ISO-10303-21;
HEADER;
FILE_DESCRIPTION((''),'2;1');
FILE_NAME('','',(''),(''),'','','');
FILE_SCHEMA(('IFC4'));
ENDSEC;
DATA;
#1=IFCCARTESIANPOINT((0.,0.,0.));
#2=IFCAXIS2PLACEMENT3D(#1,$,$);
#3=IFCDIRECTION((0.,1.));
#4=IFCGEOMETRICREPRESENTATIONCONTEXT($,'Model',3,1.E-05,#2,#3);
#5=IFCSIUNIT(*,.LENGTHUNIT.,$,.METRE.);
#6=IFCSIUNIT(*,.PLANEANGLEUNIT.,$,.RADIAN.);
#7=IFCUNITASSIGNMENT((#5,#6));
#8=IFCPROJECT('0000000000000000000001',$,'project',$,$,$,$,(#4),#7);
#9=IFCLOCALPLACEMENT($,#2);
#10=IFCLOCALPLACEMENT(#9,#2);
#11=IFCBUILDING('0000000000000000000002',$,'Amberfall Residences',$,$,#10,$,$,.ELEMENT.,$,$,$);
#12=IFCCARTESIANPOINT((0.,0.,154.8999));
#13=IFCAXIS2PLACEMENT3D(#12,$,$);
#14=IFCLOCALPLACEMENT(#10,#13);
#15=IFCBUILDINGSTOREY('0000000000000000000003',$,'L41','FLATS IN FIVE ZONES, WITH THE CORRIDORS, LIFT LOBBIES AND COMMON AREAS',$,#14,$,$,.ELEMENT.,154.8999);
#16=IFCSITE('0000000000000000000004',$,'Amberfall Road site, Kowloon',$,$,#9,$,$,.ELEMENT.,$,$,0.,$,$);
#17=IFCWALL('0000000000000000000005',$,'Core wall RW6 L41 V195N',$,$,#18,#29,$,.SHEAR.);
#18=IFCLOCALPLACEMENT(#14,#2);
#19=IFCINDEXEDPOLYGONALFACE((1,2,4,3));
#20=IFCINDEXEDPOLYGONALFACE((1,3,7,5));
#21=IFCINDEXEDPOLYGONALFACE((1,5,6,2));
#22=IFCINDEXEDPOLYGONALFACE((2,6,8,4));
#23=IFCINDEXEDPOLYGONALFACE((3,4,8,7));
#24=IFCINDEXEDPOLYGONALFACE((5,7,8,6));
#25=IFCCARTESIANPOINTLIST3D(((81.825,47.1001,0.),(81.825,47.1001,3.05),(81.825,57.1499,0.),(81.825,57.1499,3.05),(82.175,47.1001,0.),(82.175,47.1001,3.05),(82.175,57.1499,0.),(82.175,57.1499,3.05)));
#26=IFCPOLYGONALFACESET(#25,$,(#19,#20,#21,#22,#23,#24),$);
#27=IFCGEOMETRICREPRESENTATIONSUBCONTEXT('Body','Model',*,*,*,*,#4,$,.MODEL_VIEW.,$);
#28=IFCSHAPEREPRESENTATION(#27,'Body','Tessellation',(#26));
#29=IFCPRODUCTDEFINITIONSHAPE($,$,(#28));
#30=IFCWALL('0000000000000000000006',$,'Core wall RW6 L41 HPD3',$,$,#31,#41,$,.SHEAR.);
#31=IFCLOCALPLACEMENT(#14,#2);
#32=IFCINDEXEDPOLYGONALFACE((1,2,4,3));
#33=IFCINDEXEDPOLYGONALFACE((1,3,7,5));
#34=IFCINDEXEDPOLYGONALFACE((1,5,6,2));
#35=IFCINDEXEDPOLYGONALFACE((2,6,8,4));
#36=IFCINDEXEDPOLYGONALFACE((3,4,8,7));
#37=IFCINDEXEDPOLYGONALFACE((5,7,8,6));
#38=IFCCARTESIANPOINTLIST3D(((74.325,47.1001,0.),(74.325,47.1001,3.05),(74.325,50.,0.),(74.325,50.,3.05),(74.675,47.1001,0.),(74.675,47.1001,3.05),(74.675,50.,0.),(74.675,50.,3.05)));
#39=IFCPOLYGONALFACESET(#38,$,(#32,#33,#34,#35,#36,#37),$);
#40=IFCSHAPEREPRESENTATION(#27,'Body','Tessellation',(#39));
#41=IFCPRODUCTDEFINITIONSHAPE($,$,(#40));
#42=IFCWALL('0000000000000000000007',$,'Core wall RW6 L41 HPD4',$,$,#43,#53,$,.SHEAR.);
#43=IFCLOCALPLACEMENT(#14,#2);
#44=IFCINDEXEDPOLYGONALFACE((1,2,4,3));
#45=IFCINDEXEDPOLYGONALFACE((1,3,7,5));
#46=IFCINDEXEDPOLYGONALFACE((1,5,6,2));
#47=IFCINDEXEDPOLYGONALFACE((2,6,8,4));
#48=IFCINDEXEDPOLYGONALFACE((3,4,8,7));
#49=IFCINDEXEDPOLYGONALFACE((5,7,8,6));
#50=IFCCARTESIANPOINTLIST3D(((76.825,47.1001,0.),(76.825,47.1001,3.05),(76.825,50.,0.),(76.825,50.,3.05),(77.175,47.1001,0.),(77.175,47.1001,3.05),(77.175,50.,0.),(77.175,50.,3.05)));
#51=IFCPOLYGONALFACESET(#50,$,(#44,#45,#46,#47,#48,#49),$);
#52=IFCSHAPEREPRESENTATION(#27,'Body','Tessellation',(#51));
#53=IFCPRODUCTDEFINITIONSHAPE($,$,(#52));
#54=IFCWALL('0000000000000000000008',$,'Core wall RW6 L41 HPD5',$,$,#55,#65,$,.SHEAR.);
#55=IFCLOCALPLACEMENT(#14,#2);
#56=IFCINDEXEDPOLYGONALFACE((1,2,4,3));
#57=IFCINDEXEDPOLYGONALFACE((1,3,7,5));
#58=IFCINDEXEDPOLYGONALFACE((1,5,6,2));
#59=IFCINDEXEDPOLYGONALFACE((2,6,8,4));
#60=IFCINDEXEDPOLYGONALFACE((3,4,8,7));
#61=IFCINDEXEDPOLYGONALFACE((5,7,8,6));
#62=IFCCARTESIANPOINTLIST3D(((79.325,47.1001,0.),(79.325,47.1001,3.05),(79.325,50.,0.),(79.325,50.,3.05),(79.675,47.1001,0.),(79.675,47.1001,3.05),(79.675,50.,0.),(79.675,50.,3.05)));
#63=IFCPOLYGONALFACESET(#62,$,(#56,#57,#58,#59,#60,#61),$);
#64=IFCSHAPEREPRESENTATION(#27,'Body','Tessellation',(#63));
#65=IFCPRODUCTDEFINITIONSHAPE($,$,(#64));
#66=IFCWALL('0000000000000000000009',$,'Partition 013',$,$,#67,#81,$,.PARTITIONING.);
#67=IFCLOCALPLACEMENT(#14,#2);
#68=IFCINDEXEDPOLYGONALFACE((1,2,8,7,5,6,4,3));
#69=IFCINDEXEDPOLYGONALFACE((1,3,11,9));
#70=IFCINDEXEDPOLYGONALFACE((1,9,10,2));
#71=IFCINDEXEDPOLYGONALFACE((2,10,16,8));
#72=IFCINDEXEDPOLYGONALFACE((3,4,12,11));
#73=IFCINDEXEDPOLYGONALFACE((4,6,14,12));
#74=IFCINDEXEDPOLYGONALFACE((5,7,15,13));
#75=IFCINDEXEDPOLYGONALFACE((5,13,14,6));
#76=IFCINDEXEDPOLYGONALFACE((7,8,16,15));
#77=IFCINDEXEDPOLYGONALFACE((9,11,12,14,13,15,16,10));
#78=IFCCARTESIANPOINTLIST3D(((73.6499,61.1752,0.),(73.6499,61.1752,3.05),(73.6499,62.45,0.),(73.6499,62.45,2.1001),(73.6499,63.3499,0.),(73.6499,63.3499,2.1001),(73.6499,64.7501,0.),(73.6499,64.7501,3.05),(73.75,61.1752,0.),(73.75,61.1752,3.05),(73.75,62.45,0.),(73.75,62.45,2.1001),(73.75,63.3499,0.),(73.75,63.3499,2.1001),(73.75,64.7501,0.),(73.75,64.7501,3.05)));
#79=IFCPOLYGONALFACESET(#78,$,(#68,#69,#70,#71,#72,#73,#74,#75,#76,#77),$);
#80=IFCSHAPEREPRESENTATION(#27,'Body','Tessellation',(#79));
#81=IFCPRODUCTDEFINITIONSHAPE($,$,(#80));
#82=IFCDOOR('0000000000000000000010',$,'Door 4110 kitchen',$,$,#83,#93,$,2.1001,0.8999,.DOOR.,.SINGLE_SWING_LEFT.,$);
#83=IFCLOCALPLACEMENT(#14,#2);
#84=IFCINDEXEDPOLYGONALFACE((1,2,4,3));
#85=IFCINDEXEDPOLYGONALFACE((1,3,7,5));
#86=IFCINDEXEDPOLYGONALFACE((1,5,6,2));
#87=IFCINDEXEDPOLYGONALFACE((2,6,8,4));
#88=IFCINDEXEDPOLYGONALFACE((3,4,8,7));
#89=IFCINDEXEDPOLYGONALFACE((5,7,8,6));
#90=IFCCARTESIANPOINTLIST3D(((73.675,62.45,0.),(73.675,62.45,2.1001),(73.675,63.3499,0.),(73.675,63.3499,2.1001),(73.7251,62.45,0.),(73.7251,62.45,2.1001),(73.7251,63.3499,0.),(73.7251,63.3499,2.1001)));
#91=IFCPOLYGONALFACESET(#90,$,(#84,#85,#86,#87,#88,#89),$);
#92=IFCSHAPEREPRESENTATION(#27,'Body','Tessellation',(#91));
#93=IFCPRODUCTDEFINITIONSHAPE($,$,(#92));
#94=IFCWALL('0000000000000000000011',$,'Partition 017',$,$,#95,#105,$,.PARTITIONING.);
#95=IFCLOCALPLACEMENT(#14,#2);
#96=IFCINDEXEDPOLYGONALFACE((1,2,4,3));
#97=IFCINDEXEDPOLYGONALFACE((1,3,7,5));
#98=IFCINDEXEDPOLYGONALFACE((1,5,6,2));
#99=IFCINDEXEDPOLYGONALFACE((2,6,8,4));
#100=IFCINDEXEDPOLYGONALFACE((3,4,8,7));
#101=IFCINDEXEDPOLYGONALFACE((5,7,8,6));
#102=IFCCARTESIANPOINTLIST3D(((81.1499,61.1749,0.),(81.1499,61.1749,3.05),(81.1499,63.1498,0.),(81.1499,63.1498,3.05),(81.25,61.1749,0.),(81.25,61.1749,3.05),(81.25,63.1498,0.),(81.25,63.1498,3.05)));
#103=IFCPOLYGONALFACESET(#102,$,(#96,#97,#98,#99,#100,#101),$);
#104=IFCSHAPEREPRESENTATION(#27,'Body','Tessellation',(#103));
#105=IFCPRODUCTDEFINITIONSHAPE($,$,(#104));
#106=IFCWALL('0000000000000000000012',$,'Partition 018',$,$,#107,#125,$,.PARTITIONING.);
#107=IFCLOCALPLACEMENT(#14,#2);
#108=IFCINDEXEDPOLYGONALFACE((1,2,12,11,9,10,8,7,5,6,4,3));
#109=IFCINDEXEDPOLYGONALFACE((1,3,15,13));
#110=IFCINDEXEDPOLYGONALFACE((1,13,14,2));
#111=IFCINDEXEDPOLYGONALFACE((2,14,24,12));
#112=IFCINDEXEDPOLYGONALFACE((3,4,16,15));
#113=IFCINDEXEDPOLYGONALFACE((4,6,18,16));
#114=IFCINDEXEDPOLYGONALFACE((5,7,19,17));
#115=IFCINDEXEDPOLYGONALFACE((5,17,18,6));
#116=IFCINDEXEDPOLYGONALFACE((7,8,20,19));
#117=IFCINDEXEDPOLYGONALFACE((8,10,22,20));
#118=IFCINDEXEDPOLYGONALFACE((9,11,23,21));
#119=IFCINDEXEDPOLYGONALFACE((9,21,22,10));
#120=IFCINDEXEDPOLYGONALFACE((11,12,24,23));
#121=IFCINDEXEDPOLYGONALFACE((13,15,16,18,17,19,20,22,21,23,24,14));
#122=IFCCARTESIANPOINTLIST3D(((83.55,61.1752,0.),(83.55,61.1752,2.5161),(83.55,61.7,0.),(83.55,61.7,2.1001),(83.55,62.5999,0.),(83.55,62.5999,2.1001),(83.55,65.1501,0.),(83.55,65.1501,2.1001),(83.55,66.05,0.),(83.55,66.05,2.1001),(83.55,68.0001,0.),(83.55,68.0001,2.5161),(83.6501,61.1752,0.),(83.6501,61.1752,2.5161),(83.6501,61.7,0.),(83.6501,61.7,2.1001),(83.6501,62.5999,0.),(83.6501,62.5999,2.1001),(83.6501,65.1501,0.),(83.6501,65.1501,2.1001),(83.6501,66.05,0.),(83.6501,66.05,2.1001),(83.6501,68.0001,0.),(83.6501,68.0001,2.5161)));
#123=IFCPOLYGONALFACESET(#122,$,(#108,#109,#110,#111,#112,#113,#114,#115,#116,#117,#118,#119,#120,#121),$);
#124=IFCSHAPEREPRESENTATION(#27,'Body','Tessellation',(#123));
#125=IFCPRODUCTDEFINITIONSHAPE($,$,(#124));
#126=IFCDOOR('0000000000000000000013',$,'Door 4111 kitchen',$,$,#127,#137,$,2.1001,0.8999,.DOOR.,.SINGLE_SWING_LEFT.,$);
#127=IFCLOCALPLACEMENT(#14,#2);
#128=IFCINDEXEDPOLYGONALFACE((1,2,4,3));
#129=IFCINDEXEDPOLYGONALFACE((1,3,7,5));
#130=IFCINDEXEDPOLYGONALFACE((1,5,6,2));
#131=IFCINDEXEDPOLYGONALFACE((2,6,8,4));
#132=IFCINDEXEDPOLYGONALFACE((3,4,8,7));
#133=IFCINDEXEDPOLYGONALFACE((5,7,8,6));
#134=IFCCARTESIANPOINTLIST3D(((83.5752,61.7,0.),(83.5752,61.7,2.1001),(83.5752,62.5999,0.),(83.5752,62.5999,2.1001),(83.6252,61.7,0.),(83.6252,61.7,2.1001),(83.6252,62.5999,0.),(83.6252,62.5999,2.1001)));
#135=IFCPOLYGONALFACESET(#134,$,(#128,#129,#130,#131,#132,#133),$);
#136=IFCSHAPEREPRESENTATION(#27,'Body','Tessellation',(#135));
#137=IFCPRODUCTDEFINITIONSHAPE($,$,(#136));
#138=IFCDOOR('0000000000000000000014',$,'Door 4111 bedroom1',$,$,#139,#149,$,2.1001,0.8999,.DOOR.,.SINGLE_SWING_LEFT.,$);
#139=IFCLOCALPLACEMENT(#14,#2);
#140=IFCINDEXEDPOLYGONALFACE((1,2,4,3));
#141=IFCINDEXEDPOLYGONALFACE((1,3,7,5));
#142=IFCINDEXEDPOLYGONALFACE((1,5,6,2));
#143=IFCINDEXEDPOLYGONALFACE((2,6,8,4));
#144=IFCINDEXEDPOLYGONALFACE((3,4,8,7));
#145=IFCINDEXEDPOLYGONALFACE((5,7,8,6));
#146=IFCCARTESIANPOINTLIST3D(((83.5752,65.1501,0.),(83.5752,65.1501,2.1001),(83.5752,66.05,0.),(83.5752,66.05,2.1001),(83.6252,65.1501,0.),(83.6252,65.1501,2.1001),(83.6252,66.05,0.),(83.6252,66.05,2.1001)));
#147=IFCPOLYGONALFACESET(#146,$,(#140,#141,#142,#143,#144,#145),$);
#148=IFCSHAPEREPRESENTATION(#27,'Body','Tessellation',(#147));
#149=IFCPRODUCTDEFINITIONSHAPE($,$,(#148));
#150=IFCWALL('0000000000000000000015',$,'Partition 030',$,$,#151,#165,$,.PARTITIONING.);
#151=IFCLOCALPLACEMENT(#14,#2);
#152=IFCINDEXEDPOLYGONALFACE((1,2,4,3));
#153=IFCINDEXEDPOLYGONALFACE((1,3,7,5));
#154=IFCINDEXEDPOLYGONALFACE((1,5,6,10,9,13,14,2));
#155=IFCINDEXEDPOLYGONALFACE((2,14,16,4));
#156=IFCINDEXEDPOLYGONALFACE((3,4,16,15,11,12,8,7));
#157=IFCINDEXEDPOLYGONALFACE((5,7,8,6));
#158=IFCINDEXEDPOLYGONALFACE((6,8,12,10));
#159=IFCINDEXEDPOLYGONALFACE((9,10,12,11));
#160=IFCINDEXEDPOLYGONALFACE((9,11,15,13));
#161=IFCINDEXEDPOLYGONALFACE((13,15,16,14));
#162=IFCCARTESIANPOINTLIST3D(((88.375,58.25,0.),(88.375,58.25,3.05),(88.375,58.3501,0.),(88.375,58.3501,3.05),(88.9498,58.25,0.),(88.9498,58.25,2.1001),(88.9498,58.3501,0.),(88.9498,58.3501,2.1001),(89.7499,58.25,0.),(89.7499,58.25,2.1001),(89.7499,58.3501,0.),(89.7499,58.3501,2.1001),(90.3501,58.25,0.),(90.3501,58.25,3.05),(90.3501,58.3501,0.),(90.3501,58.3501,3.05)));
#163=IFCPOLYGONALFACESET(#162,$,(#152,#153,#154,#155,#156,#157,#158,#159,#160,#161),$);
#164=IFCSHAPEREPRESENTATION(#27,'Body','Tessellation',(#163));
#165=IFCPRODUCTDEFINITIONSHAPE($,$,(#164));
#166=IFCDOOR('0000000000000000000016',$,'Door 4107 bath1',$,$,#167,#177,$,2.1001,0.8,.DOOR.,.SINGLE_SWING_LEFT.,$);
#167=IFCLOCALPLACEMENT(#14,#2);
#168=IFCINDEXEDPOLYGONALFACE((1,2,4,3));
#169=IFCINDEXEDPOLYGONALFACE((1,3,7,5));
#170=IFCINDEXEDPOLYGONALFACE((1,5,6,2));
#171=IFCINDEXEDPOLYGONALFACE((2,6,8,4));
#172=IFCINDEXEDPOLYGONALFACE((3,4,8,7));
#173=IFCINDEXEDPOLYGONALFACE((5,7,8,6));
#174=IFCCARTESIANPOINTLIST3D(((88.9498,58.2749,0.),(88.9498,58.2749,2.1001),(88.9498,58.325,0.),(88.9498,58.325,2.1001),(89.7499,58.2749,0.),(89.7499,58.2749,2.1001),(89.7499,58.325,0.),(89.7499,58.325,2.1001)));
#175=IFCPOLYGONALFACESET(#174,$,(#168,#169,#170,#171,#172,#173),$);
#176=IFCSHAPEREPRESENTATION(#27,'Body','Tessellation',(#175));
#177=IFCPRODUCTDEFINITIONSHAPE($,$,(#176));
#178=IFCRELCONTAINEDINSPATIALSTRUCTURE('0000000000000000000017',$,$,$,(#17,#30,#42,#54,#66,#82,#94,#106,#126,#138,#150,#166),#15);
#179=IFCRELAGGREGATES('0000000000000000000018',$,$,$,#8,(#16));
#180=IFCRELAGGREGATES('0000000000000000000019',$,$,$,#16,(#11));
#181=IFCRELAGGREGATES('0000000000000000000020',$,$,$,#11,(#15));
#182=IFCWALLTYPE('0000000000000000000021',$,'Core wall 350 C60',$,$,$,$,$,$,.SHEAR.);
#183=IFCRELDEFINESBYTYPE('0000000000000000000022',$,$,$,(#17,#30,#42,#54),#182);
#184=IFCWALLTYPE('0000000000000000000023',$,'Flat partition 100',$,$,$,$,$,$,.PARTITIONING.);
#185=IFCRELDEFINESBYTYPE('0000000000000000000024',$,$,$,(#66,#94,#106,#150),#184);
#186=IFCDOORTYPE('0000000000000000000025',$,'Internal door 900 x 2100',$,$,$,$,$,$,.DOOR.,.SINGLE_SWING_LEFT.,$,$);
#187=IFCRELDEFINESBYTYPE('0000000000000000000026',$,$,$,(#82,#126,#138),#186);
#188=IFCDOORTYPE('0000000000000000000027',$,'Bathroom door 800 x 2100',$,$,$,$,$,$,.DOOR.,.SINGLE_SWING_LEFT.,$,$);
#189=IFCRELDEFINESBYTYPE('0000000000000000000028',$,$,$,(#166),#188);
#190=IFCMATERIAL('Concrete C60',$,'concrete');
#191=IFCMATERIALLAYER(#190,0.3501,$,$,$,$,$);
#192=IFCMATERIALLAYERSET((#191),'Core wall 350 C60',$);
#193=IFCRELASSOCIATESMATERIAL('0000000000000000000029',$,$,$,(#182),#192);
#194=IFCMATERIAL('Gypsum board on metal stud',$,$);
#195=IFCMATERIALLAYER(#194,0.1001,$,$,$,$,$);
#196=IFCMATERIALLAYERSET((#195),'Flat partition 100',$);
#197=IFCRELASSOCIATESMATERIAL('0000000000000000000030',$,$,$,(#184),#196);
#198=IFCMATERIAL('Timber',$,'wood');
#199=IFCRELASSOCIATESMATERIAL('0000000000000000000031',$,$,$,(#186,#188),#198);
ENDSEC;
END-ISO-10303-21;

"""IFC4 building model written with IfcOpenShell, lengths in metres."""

from ifc_helpers import new_model, si_unit, direction, frame, frame_2d, origin, place, context, subcontext, project, spatial, rectangle, extrude, material, layer, layer_set, type_object, element, fill, save


model = new_model("IFC4")

# Units and contexts
model_context = context("Model", 3, precision=1e-05, world=origin(), true_north=direction((0.0, 1.0)))
body_context = subcontext(model_context, "Body", "Model", "MODEL_VIEW")
ifc_project = project(units=[si_unit("LENGTHUNIT", "METRE"), si_unit("PLANEANGLEUNIT", "RADIAN")], contexts=[model_context])

# Site, building, storey
site_placement = place(None, origin())
site = spatial("IfcSite", under=ifc_project, at=site_placement, Name="Amberfall Road site, Kowloon", CompositionType="ELEMENT", RefElevation=0.0)
building_placement = place(site_placement, origin())
building = spatial("IfcBuilding", under=site, at=building_placement, Name="Amberfall Residences", CompositionType="ELEMENT")
storey_placement = place(building_placement, frame((0.0, 0.0, 154.8999)))
storey = spatial("IfcBuildingStorey", under=building, at=storey_placement, Name="L41", Description="FLATS IN FIVE ZONES, WITH THE CORRIDORS, LIFT LOBBIES AND COMMON AREAS", CompositionType="ELEMENT", Elevation=154.8999)

# Walls
ifc_material_1 = material(Name="Concrete C60", Category="concrete")
ifc_layer_1 = layer(ifc_material_1, 0.3501)
ifc_layer_set_1 = layer_set([ifc_layer_1], Name="Core wall 350 C60")
wall_type_1 = type_object("IfcWallType", Name="Core wall 350 C60", PredefinedType="SHEAR", material=ifc_layer_set_1)
wall_1_placement = place(storey_placement, frame((82.0, 47.1001, 0.0), z_axis=(0.0, 0.0, 1.0), x_axis=(0.0, 1.0, 0.0)))
element("IfcWall", 1, at=wall_1_placement, inside=storey, type_object=wall_type_1, Name="Core wall RW6 L41 V195N", PredefinedType="SHEAR", context=body_context, shape_type="SweptSolid", body=[
    extrude(rectangle(XDim=10.0498, YDim=0.3501, at=frame_2d((5.0249, 0.0))), origin(), (0.0, 0.0, 1.0), 3.05),
])
for number, where, z_axis, x_axis, name in (
    (2, (74.5, 47.1001, 0.0), (0.0, 0.0, 1.0), (0.0, 1.0, 0.0), "Core wall RW6 L41 HPD3"),
    (3, (77.0, 47.1001, 0.0), (0.0, 0.0, 1.0), (0.0, 1.0, 0.0), "Core wall RW6 L41 HPD4"),
    (4, (79.5, 47.1001, 0.0), (0.0, 0.0, 1.0), (0.0, 1.0, 0.0), "Core wall RW6 L41 HPD5"),
):
    element("IfcWall", number, at=place(storey_placement, frame(where, z_axis=z_axis, x_axis=x_axis)), inside=storey, type_object=wall_type_1, Name=name, PredefinedType="SHEAR", context=body_context, shape_type="SweptSolid", body=[
        extrude(rectangle(XDim=2.8999, YDim=0.3501, at=frame_2d((1.45, 0.0))), origin(), (0.0, 0.0, 1.0), 3.05),
    ])

# Wall, opening, door
ifc_material_2 = material(Name="Gypsum board on metal stud")
ifc_layer_2 = layer(ifc_material_2, 0.1001)
ifc_layer_set_2 = layer_set([ifc_layer_2], Name="Flat partition 100")
wall_type_2 = type_object("IfcWallType", Name="Flat partition 100", PredefinedType="PARTITIONING", material=ifc_layer_set_2)
wall_2_placement = place(storey_placement, frame((73.7, 61.175, 0.0), z_axis=(0.0, 0.0, 1.0), x_axis=(0.0, 1.0, 0.0)))
wall_2 = element("IfcWall", 5, at=wall_2_placement, inside=storey, type_object=wall_type_2, Name="Partition 013", PredefinedType="PARTITIONING", context=body_context, shape_type="SweptSolid", body=[
    extrude(rectangle(XDim=3.575, YDim=0.1001, at=frame_2d((1.7876, 0.0))), origin(), (0.0, 0.0, 1.0), 3.05),
])
opening_1_placement = place(wall_2_placement, frame((1.2749, 0.0, 0.0)))
opening_1 = element("IfcOpeningElement", 6, at=opening_1_placement, cuts=wall_2, PredefinedType="OPENING", context=body_context, shape_type="SweptSolid", body=[
    extrude(rectangle(XDim=0.8999, YDim=2.1001, at=frame_2d((0.45, 1.05))), frame((0.0, 0.0601, 0.0), z_axis=(0.0, -1.0, 0.0), x_axis=(1.0, 0.0, 0.0)), (0.0, 0.0, 1.0), 0.1201),
])
ifc_material_3 = material(Name="Timber", Category="wood")
door_type_1 = type_object("IfcDoorType", Name="Internal door 900 x 2100", OperationType="SINGLE_SWING_LEFT", PredefinedType="DOOR", material=ifc_material_3)
door_1_placement = place(opening_1_placement, origin())
door_1 = element("IfcDoor", 7, at=door_1_placement, inside=storey, type_object=door_type_1, Name="Door 4110 kitchen", OperationType="SINGLE_SWING_LEFT", OverallHeight=2.1001, OverallWidth=0.8999, PredefinedType="DOOR", context=body_context, shape_type="SweptSolid", body=[
    extrude(rectangle(XDim=0.8999, YDim=2.1001, at=frame_2d((0.45, 1.05))), frame((0.0, 0.0249, 0.0), z_axis=(0.0, -1.0, 0.0), x_axis=(1.0, 0.0, 0.0)), (0.0, 0.0, 1.0), 0.05),
])
fill(opening_1, door_1)

# Wall
wall_3_placement = place(storey_placement, frame((81.2, 61.175, 0.0), z_axis=(0.0, 0.0, 1.0), x_axis=(0.0, 1.0, 0.0)))
element("IfcWall", 8, at=wall_3_placement, inside=storey, type_object=wall_type_2, Name="Partition 017", PredefinedType="PARTITIONING", context=body_context, shape_type="SweptSolid", body=[
    extrude(rectangle(XDim=1.9749, YDim=0.1001, at=frame_2d((0.9873, 0.0))), origin(), (0.0, 0.0, 1.0), 3.05),
])

# Wall, openings, doors
wall_4_placement = place(storey_placement, frame((83.6001, 61.175, 0.0), z_axis=(0.0, 0.0, 1.0), x_axis=(0.0, 1.0, 0.0)))
wall_4 = element("IfcWall", 9, at=wall_4_placement, inside=storey, type_object=wall_type_2, Name="Partition 018", PredefinedType="PARTITIONING", context=body_context, shape_type="SweptSolid", body=[
    extrude(rectangle(XDim=6.825, YDim=0.1001, at=frame_2d((3.4126, 0.0))), origin(), (0.0, 0.0, 1.0), 2.5161),
])
opening_2_placement = place(wall_4_placement, frame((0.5249, 0.0, 0.0)))
opening_2 = element("IfcOpeningElement", 10, at=opening_2_placement, cuts=wall_4, PredefinedType="OPENING", context=body_context, shape_type="SweptSolid", body=[
    extrude(rectangle(XDim=0.8999, YDim=2.1001, at=frame_2d((0.45, 1.05))), frame((0.0, 0.0601, 0.0), z_axis=(0.0, -1.0, 0.0), x_axis=(1.0, 0.0, 0.0)), (0.0, 0.0, 1.0), 0.1201),
])
opening_3_placement = place(wall_4_placement, frame((3.9751, 0.0, 0.0)))
opening_3 = element("IfcOpeningElement", 11, at=opening_3_placement, cuts=wall_4, PredefinedType="OPENING", context=body_context, shape_type="SweptSolid", body=[
    extrude(rectangle(XDim=0.8999, YDim=2.1001, at=frame_2d((0.45, 1.05))), frame((0.0, 0.0601, 0.0), z_axis=(0.0, -1.0, 0.0), x_axis=(1.0, 0.0, 0.0)), (0.0, 0.0, 1.0), 0.1201),
])
door_2_placement = place(opening_2_placement, origin())
door_2 = element("IfcDoor", 12, at=door_2_placement, inside=storey, type_object=door_type_1, Name="Door 4111 kitchen", OperationType="SINGLE_SWING_LEFT", OverallHeight=2.1001, OverallWidth=0.8999, PredefinedType="DOOR", context=body_context, shape_type="SweptSolid", body=[
    extrude(rectangle(XDim=0.8999, YDim=2.1001, at=frame_2d((0.45, 1.05))), frame((0.0, 0.0249, 0.0), z_axis=(0.0, -1.0, 0.0), x_axis=(1.0, 0.0, 0.0)), (0.0, 0.0, 1.0), 0.05),
])
fill(opening_2, door_2)
door_3_placement = place(opening_3_placement, origin())
door_3 = element("IfcDoor", 13, at=door_3_placement, inside=storey, type_object=door_type_1, Name="Door 4111 bedroom1", OperationType="SINGLE_SWING_LEFT", OverallHeight=2.1001, OverallWidth=0.8999, PredefinedType="DOOR", context=body_context, shape_type="SweptSolid", body=[
    extrude(rectangle(XDim=0.8999, YDim=2.1001, at=frame_2d((0.45, 1.05))), frame((0.0, 0.0249, 0.0), z_axis=(0.0, -1.0, 0.0), x_axis=(1.0, 0.0, 0.0)), (0.0, 0.0, 1.0), 0.05),
])
fill(opening_3, door_3)

# Wall, opening, door
wall_5_placement = place(storey_placement, frame((88.375, 58.3, 0.0), z_axis=(0.0, 0.0, 1.0), x_axis=(1.0, 0.0, 0.0)))
wall_5 = element("IfcWall", 14, at=wall_5_placement, inside=storey, type_object=wall_type_2, Name="Partition 030", PredefinedType="PARTITIONING", context=body_context, shape_type="SweptSolid", body=[
    extrude(rectangle(XDim=1.9751, YDim=0.1001, at=frame_2d((0.9875, 0.0))), origin(), (0.0, 0.0, 1.0), 3.05),
])
opening_4_placement = place(wall_5_placement, frame((0.575, 0.0, 0.0)))
opening_4 = element("IfcOpeningElement", 15, at=opening_4_placement, cuts=wall_5, PredefinedType="OPENING", context=body_context, shape_type="SweptSolid", body=[
    extrude(rectangle(XDim=0.8, YDim=2.1001, at=frame_2d((0.3999, 1.05))), frame((0.0, 0.0601, 0.0), z_axis=(0.0, -1.0, 0.0), x_axis=(1.0, 0.0, 0.0)), (0.0, 0.0, 1.0), 0.1201),
])
door_type_2 = type_object("IfcDoorType", Name="Bathroom door 800 x 2100", OperationType="SINGLE_SWING_LEFT", PredefinedType="DOOR", material=ifc_material_3)
door_4_placement = place(opening_4_placement, origin())
door_4 = element("IfcDoor", 16, at=door_4_placement, inside=storey, type_object=door_type_2, Name="Door 4107 bath1", OperationType="SINGLE_SWING_LEFT", OverallHeight=2.1001, OverallWidth=0.8, PredefinedType="DOOR", context=body_context, shape_type="SweptSolid", body=[
    extrude(rectangle(XDim=0.8, YDim=2.1001, at=frame_2d((0.3999, 1.05))), frame((0.0, 0.0249, 0.0), z_axis=(0.0, -1.0, 0.0), x_axis=(1.0, 0.0, 0.0)), (0.0, 0.0, 1.0), 0.05),
])
fill(opening_4, door_4)

save(model, "model.ifc")
